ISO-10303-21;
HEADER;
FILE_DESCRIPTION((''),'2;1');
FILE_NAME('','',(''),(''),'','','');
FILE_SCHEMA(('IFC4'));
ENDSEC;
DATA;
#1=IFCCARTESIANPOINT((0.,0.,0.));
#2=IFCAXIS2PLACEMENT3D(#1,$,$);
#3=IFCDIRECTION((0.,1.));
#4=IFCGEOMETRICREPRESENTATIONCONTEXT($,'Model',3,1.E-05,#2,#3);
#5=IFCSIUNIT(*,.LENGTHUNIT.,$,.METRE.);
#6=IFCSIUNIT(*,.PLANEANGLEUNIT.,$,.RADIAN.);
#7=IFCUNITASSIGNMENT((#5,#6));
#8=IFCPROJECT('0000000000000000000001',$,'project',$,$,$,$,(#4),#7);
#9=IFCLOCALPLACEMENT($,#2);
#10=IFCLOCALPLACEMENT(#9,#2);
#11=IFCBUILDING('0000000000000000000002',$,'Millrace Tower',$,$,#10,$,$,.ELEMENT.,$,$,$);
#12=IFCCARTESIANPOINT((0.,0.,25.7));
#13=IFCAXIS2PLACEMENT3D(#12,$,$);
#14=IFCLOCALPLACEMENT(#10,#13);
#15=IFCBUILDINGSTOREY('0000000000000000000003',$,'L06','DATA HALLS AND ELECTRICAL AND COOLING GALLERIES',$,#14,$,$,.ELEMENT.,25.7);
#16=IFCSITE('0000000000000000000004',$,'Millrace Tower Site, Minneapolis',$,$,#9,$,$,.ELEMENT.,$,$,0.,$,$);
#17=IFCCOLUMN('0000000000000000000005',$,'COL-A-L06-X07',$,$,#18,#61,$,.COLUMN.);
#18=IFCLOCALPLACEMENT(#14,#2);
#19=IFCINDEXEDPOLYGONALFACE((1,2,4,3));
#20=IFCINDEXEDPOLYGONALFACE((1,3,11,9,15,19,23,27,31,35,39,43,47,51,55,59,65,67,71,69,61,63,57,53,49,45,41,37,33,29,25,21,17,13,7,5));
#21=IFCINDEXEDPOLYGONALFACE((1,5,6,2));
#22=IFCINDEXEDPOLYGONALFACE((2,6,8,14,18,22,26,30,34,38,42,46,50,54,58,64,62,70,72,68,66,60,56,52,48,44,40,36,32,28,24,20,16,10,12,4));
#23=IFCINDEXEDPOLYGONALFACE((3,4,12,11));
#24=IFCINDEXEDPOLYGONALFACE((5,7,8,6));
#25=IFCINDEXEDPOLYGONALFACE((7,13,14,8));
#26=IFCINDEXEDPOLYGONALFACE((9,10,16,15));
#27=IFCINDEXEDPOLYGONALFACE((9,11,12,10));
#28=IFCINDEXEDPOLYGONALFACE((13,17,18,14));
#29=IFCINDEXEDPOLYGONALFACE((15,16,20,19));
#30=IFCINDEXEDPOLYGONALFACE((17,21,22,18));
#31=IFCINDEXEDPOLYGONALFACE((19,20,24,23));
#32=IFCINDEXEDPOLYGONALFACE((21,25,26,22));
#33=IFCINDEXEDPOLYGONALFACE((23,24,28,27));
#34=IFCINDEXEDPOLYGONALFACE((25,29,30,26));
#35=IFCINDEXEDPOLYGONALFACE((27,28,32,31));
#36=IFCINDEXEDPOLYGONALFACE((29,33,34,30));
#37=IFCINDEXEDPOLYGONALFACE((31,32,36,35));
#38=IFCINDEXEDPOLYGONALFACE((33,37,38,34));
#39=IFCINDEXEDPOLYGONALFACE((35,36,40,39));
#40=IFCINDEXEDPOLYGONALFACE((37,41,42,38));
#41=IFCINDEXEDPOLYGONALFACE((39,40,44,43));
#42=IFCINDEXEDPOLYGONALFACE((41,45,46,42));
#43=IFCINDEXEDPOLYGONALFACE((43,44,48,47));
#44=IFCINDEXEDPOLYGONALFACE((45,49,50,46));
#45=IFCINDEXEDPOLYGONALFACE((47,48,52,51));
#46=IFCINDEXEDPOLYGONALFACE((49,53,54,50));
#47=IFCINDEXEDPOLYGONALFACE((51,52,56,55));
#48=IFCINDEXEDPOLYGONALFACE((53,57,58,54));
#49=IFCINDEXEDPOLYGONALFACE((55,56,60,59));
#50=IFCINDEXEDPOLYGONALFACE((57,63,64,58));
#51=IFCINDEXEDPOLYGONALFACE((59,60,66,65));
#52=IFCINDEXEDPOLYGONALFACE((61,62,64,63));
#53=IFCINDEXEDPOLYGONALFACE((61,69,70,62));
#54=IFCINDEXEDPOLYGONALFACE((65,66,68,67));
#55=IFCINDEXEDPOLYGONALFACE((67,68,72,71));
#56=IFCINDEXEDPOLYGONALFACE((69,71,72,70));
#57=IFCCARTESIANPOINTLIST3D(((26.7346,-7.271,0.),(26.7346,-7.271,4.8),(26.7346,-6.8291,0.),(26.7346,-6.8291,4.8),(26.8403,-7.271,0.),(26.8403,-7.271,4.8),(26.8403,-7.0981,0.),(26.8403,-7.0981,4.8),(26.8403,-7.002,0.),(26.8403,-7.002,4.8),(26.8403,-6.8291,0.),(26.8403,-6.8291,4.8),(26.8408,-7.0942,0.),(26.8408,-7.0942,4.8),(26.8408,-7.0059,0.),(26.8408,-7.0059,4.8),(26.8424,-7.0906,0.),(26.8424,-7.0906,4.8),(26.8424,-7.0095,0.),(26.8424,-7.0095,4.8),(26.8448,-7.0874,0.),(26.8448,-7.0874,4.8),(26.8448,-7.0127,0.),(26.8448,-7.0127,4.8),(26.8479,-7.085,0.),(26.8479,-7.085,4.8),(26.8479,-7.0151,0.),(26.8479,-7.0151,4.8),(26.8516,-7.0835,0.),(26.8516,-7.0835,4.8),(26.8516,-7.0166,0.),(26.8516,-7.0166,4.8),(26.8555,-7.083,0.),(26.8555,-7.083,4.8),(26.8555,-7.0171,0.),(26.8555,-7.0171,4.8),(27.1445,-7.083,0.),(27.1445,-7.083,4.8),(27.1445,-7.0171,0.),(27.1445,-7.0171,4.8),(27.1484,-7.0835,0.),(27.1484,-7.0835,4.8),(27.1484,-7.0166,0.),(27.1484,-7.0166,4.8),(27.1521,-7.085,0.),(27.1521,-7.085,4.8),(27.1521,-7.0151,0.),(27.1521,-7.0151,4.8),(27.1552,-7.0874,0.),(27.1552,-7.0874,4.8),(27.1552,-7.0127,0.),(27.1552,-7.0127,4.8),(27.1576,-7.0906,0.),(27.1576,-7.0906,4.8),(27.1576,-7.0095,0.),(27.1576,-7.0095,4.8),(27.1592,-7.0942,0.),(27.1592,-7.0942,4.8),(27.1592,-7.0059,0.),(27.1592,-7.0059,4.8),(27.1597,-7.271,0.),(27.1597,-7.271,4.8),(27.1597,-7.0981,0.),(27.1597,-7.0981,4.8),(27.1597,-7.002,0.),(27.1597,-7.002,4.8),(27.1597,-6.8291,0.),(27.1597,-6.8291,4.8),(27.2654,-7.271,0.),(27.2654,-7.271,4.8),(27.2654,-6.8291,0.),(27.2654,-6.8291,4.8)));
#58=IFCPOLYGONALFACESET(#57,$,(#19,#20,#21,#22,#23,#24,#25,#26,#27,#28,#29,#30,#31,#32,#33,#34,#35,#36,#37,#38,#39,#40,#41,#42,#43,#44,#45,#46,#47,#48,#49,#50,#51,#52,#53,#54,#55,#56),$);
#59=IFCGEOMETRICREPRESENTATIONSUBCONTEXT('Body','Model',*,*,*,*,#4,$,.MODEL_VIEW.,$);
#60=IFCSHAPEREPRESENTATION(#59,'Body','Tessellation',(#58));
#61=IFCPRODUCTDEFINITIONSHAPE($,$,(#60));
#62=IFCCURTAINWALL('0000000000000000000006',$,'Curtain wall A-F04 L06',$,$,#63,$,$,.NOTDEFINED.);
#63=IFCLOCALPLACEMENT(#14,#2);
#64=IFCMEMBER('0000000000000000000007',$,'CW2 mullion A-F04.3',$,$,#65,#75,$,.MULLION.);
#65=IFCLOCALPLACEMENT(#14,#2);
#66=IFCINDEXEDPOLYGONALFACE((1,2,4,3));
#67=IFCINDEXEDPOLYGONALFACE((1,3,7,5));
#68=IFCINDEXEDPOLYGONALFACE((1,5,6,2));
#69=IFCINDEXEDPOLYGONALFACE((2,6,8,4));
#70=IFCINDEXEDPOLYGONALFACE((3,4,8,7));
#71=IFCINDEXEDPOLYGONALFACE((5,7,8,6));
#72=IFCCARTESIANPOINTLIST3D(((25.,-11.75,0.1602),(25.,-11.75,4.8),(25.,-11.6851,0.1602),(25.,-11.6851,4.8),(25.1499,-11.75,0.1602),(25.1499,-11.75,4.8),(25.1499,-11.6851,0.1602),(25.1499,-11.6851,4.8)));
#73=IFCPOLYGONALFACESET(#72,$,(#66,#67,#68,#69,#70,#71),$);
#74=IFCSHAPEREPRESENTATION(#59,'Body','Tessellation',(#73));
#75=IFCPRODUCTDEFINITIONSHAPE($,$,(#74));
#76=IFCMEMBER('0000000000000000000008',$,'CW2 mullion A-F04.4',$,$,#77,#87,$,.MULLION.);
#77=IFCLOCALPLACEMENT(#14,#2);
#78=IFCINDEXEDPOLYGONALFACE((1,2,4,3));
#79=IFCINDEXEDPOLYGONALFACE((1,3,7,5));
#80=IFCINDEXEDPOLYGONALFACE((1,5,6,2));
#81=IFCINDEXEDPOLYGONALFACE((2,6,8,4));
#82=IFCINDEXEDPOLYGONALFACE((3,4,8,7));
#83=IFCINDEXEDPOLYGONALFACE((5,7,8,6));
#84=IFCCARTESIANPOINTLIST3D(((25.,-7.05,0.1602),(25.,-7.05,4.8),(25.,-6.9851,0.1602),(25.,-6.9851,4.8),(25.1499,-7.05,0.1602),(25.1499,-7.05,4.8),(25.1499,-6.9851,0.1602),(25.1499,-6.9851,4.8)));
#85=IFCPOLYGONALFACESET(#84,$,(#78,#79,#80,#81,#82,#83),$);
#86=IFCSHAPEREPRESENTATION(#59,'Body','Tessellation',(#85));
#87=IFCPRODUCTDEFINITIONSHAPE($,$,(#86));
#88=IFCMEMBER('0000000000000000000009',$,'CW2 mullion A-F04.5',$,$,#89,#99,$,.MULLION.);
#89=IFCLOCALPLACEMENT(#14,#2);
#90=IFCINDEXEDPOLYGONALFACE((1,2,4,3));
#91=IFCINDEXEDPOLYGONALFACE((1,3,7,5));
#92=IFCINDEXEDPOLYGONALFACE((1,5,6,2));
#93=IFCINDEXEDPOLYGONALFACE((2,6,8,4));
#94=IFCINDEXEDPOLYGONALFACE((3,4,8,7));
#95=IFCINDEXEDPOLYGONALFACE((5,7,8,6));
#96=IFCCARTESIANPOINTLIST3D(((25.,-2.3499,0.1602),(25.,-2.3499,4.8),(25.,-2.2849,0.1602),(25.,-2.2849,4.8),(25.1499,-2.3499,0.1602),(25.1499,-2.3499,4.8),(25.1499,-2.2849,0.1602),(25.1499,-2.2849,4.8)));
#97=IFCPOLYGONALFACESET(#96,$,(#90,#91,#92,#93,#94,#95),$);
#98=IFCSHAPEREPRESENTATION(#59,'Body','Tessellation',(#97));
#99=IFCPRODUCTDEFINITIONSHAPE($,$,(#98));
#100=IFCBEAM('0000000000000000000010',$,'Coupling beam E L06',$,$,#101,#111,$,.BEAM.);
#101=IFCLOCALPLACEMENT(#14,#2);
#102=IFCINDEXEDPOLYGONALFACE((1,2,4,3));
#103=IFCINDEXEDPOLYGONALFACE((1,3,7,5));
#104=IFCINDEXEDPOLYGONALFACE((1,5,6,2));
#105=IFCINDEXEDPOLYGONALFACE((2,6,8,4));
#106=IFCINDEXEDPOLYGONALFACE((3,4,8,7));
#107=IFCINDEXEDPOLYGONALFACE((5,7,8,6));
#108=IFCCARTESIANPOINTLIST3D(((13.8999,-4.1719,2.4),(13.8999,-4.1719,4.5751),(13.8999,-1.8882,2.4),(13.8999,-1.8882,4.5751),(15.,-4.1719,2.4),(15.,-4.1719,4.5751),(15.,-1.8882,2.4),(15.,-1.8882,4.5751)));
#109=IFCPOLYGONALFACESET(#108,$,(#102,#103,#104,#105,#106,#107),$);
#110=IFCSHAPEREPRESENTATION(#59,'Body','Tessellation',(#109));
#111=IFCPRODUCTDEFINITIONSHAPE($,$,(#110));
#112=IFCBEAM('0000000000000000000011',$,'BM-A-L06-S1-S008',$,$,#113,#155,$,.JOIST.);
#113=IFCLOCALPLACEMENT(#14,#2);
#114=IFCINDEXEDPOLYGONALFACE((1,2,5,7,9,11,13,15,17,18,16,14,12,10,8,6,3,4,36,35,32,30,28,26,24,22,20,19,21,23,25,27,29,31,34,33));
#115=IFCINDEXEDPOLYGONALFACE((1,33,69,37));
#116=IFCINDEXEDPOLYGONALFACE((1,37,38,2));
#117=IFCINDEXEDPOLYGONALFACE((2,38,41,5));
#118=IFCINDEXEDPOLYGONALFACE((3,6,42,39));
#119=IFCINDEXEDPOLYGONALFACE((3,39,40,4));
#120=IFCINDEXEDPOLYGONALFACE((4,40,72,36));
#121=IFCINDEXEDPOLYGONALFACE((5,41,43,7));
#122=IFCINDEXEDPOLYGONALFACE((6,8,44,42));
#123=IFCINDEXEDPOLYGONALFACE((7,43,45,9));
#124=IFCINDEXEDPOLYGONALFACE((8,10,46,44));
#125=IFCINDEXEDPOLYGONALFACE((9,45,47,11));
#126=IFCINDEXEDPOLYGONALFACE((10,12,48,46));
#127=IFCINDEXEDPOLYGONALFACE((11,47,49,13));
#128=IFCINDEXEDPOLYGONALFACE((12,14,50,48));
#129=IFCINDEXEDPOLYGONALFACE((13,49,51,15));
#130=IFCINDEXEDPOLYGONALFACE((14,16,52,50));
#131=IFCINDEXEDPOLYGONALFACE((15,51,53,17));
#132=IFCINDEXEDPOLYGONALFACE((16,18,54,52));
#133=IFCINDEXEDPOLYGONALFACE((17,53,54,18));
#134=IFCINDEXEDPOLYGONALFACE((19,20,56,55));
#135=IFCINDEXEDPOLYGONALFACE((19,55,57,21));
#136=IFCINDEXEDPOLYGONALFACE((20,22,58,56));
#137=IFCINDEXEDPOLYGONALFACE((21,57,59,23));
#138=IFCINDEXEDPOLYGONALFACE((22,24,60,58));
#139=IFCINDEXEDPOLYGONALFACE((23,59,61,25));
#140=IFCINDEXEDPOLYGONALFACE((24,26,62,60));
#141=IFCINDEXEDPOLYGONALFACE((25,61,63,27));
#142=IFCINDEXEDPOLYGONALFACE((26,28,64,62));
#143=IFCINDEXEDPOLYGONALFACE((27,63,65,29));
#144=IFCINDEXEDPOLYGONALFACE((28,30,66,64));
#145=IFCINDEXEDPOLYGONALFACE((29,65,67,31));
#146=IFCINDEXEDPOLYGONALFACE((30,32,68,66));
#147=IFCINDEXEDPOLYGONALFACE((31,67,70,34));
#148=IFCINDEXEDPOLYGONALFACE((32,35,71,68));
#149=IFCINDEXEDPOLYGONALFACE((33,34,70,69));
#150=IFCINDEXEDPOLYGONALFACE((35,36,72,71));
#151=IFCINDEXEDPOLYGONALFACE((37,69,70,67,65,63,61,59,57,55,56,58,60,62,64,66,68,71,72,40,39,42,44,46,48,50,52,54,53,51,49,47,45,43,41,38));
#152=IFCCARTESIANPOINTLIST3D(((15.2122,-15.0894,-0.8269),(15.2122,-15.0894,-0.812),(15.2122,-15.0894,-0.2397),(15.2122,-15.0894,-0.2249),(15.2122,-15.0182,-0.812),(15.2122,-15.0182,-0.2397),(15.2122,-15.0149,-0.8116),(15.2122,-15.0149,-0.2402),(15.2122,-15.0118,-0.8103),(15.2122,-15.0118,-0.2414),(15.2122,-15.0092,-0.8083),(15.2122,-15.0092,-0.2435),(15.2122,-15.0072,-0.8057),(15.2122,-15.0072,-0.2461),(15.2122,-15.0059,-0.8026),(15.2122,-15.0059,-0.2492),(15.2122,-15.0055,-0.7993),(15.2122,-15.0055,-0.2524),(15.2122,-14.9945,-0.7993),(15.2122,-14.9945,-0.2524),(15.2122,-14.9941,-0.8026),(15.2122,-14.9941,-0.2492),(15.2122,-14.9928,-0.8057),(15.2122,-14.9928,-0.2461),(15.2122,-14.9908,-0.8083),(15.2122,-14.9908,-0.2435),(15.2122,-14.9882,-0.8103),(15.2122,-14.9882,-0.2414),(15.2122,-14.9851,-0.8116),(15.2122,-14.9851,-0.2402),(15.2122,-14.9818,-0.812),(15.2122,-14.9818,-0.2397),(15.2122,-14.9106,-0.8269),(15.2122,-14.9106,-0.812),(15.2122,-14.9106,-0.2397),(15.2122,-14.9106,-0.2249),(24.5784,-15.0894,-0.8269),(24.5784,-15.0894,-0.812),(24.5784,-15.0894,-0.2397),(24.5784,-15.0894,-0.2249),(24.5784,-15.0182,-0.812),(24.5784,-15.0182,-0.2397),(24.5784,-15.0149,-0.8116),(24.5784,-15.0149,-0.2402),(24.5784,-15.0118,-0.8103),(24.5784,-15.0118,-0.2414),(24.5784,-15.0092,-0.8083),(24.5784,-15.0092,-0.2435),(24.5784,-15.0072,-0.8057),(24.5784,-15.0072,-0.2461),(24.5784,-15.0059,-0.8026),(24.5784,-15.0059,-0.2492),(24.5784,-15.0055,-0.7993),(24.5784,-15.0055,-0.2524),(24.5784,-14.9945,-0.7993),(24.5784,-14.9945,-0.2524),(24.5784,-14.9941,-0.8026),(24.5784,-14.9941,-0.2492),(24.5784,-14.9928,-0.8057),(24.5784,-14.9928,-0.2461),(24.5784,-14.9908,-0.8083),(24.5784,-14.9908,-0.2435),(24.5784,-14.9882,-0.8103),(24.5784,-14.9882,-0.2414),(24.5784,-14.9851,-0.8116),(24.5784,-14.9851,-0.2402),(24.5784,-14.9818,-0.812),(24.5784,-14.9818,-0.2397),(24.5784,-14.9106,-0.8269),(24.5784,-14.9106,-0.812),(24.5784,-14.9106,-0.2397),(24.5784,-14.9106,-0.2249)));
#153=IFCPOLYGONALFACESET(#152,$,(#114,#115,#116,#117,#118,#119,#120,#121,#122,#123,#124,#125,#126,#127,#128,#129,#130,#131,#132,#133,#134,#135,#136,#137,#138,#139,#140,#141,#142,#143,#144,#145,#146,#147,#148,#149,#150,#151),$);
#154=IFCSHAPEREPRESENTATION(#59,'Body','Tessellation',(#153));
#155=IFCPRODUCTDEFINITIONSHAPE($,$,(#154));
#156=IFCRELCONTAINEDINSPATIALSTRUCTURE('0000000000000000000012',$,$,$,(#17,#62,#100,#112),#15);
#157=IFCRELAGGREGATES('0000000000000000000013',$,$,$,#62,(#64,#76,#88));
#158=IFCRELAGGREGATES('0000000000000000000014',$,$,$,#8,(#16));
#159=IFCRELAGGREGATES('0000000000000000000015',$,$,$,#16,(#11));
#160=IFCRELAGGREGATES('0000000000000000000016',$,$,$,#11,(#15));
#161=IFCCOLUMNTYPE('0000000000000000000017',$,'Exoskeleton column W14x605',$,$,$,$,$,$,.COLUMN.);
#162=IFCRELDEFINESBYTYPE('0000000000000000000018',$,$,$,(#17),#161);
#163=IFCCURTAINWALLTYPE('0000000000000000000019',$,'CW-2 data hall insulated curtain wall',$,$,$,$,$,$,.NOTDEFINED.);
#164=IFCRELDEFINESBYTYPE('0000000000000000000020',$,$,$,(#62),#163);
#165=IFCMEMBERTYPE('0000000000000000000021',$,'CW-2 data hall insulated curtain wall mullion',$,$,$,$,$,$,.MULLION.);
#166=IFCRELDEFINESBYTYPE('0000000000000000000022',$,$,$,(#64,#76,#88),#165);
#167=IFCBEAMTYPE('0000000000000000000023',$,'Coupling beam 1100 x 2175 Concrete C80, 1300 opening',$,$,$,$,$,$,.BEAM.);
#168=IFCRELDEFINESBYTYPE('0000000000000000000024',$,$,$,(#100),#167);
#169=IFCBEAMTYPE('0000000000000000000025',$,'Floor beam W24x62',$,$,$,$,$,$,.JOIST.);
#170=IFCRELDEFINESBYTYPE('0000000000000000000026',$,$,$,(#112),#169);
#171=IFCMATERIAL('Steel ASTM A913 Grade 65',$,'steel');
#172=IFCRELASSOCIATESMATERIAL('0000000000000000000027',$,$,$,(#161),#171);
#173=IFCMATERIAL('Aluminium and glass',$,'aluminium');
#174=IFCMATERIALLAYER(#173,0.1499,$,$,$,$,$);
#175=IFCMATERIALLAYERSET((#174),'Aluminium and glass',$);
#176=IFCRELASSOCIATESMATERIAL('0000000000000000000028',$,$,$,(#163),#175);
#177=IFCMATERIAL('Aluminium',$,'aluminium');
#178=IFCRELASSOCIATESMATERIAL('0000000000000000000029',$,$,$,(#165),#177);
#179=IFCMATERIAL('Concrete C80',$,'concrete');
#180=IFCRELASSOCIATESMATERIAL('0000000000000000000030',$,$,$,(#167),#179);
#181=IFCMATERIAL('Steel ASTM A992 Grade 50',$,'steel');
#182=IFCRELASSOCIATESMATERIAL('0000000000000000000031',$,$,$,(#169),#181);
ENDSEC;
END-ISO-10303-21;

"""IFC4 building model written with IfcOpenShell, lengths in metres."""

from ifc_helpers import new_model, si_unit, direction, frame, origin, origin_2d, place, context, subcontext, project, spatial, rectangle, i_section, extrude, material, layer, layer_set, material_profile, profile_set, type_object, element, aggregate, save


model = new_model("IFC4")

# Units and contexts
model_context = context("Model", 3, precision=1e-05, world=origin(), true_north=direction((0.0, 1.0)))
body_context = subcontext(model_context, "Body", "Model", "MODEL_VIEW")
ifc_project = project(units=[si_unit("LENGTHUNIT", "METRE"), si_unit("PLANEANGLEUNIT", "RADIAN")], contexts=[model_context])

# Site, building, storey
site_placement = place(None, origin())
site = spatial("IfcSite", under=ifc_project, at=site_placement, Name="Millrace Tower Site, Minneapolis", CompositionType="ELEMENT", RefElevation=0.0)
building_placement = place(site_placement, origin())
building = spatial("IfcBuilding", under=site, at=building_placement, Name="Millrace Tower", CompositionType="ELEMENT")
storey_placement = place(building_placement, frame((0.0, 0.0, 25.7)))
storey = spatial("IfcBuildingStorey", under=building, at=storey_placement, Name="L06", Description="DATA HALLS AND ELECTRICAL AND COOLING GALLERIES", CompositionType="ELEMENT", Elevation=25.7)

# Column
ifc_material_1 = material(Name="Steel ASTM A913 Grade 65", Category="steel")
ifc_material_profile_1 = material_profile(ifc_material_1, i_section(OverallWidth=0.4419, OverallDepth=0.5308, WebThickness=0.0659, FlangeThickness=0.1057, FilletRadius=0.0151, at=origin_2d()))
ifc_profile_set_1 = profile_set([ifc_material_profile_1], Name="Steel ASTM A913 Grade 65")
column_type = type_object("IfcColumnType", Name="Exoskeleton column W14x605", PredefinedType="COLUMN", material=ifc_profile_set_1)
column_placement = place(storey_placement, frame((27.0, -7.05, 0.0), z_axis=(0.0, 0.0, 1.0), x_axis=(0.0, 1.0, 0.0)))
element("IfcColumn", 1, at=column_placement, inside=storey, type_object=column_type, Name="COL-A-L06-X07", PredefinedType="COLUMN", context=body_context, shape_type="SweptSolid", body=[
    extrude(i_section(OverallWidth=0.4419, OverallDepth=0.5308, WebThickness=0.0659, FlangeThickness=0.1057, FilletRadius=0.0151, at=origin_2d()), origin(), (0.0, 0.0, 1.0), 4.8),
])

# Curtain wall, members
ifc_material_2 = material(Name="Aluminium and glass", Category="aluminium")
ifc_layer_1 = layer(ifc_material_2, 0.1499)
ifc_layer_set_1 = layer_set([ifc_layer_1], Name="Aluminium and glass")
curtain_wall_type = type_object("IfcCurtainWallType", Name="CW-2 data hall insulated curtain wall", PredefinedType="NOTDEFINED", material=ifc_layer_set_1)
placement = place(storey_placement, origin())
curtain_wall = element("IfcCurtainWall", 2, at=placement, inside=storey, type_object=curtain_wall_type, Name="Curtain wall A-F04 L06", PredefinedType="NOTDEFINED")
ifc_material_3 = material(Name="Aluminium", Category="aluminium")
ifc_material_profile_2 = material_profile(ifc_material_3, rectangle(XDim=0.0649, YDim=0.1499, at=origin_2d()))
ifc_profile_set_2 = profile_set([ifc_material_profile_2], Name="Aluminium")
member_type = type_object("IfcMemberType", Name="CW-2 data hall insulated curtain wall mullion", PredefinedType="MULLION", material=ifc_profile_set_2)
member_1_placement = place(storey_placement, frame((25.075, -11.7175, 0.1602), z_axis=(0.0, 0.0, 1.0), x_axis=(0.0, 1.0, 0.0)))
member_1 = element("IfcMember", 3, at=member_1_placement, type_object=member_type, Name="CW2 mullion A-F04.3", PredefinedType="MULLION", context=body_context, shape_type="SweptSolid", body=[
    extrude(rectangle(XDim=0.0649, YDim=0.1499, at=origin_2d()), origin(), (0.0, 0.0, 1.0), 4.6399),
])
member_2_placement = place(storey_placement, frame((25.075, -7.0176, 0.1602), z_axis=(0.0, 0.0, 1.0), x_axis=(0.0, 1.0, 0.0)))
member_2 = element("IfcMember", 4, at=member_2_placement, type_object=member_type, Name="CW2 mullion A-F04.4", PredefinedType="MULLION", context=body_context, shape_type="SweptSolid", body=[
    extrude(rectangle(XDim=0.0649, YDim=0.1499, at=origin_2d()), origin(), (0.0, 0.0, 1.0), 4.6399),
])
member_3_placement = place(storey_placement, frame((25.075, -2.3174, 0.1602), z_axis=(0.0, 0.0, 1.0), x_axis=(0.0, 1.0, 0.0)))
member_3 = element("IfcMember", 5, at=member_3_placement, type_object=member_type, Name="CW2 mullion A-F04.5", PredefinedType="MULLION", context=body_context, shape_type="SweptSolid", body=[
    extrude(rectangle(XDim=0.0649, YDim=0.1499, at=origin_2d()), origin(), (0.0, 0.0, 1.0), 4.6399),
])
aggregate(curtain_wall, [member_1, member_2, member_3])

# Beams
ifc_material_4 = material(Name="Concrete C80", Category="concrete")
ifc_material_profile_3 = material_profile(ifc_material_4, rectangle(XDim=1.1001, YDim=2.175, at=origin_2d()))
ifc_profile_set_3 = profile_set([ifc_material_profile_3], Name="Concrete C80")
beam_type_1 = type_object("IfcBeamType", Name="Coupling beam 1100 x 2175 Concrete C80, 1300 opening", PredefinedType="BEAM", material=ifc_profile_set_3)
beam_1_placement = place(storey_placement, frame((14.45, -1.8882, 3.4875), z_axis=(0.0, -1.0, 0.0), x_axis=(1.0, 0.0, 0.0)))
element("IfcBeam", 6, at=beam_1_placement, inside=storey, type_object=beam_type_1, Name="Coupling beam E L06", PredefinedType="BEAM", context=body_context, shape_type="SweptSolid", body=[
    extrude(rectangle(XDim=1.1001, YDim=2.175, at=origin_2d()), origin(), (0.0, 0.0, 1.0), 2.2837),
])
ifc_material_5 = material(Name="Steel ASTM A992 Grade 50", Category="steel")
ifc_material_profile_4 = material_profile(ifc_material_5, i_section(OverallWidth=0.1787, OverallDepth=0.6021, WebThickness=0.011, FlangeThickness=0.0149, FilletRadius=0.0127, at=origin_2d()))
ifc_profile_set_4 = profile_set([ifc_material_profile_4], Name="Steel ASTM A992 Grade 50")
beam_type_2 = type_object("IfcBeamType", Name="Floor beam W24x62", PredefinedType="JOIST", material=ifc_profile_set_4)
for number, where, z_axis, x_axis, name in (
    (7, (15.2122, -15.0, -0.5259), (1.0, 0.0, 0.0), (0.0, 1.0, 0.0), "BM-A-L06-S1-S008"),
):
    element("IfcBeam", number, at=place(storey_placement, frame(where, z_axis=z_axis, x_axis=x_axis)), inside=storey, type_object=beam_type_2, Name=name, PredefinedType="JOIST", context=body_context, shape_type="SweptSolid", body=[
        extrude(i_section(OverallWidth=0.1787, OverallDepth=0.6021, WebThickness=0.011, FlangeThickness=0.0149, FilletRadius=0.0127, at=origin_2d()), origin(), (0.0, 0.0, 1.0), 9.3662),
    ])

save(model, "model.ifc")
